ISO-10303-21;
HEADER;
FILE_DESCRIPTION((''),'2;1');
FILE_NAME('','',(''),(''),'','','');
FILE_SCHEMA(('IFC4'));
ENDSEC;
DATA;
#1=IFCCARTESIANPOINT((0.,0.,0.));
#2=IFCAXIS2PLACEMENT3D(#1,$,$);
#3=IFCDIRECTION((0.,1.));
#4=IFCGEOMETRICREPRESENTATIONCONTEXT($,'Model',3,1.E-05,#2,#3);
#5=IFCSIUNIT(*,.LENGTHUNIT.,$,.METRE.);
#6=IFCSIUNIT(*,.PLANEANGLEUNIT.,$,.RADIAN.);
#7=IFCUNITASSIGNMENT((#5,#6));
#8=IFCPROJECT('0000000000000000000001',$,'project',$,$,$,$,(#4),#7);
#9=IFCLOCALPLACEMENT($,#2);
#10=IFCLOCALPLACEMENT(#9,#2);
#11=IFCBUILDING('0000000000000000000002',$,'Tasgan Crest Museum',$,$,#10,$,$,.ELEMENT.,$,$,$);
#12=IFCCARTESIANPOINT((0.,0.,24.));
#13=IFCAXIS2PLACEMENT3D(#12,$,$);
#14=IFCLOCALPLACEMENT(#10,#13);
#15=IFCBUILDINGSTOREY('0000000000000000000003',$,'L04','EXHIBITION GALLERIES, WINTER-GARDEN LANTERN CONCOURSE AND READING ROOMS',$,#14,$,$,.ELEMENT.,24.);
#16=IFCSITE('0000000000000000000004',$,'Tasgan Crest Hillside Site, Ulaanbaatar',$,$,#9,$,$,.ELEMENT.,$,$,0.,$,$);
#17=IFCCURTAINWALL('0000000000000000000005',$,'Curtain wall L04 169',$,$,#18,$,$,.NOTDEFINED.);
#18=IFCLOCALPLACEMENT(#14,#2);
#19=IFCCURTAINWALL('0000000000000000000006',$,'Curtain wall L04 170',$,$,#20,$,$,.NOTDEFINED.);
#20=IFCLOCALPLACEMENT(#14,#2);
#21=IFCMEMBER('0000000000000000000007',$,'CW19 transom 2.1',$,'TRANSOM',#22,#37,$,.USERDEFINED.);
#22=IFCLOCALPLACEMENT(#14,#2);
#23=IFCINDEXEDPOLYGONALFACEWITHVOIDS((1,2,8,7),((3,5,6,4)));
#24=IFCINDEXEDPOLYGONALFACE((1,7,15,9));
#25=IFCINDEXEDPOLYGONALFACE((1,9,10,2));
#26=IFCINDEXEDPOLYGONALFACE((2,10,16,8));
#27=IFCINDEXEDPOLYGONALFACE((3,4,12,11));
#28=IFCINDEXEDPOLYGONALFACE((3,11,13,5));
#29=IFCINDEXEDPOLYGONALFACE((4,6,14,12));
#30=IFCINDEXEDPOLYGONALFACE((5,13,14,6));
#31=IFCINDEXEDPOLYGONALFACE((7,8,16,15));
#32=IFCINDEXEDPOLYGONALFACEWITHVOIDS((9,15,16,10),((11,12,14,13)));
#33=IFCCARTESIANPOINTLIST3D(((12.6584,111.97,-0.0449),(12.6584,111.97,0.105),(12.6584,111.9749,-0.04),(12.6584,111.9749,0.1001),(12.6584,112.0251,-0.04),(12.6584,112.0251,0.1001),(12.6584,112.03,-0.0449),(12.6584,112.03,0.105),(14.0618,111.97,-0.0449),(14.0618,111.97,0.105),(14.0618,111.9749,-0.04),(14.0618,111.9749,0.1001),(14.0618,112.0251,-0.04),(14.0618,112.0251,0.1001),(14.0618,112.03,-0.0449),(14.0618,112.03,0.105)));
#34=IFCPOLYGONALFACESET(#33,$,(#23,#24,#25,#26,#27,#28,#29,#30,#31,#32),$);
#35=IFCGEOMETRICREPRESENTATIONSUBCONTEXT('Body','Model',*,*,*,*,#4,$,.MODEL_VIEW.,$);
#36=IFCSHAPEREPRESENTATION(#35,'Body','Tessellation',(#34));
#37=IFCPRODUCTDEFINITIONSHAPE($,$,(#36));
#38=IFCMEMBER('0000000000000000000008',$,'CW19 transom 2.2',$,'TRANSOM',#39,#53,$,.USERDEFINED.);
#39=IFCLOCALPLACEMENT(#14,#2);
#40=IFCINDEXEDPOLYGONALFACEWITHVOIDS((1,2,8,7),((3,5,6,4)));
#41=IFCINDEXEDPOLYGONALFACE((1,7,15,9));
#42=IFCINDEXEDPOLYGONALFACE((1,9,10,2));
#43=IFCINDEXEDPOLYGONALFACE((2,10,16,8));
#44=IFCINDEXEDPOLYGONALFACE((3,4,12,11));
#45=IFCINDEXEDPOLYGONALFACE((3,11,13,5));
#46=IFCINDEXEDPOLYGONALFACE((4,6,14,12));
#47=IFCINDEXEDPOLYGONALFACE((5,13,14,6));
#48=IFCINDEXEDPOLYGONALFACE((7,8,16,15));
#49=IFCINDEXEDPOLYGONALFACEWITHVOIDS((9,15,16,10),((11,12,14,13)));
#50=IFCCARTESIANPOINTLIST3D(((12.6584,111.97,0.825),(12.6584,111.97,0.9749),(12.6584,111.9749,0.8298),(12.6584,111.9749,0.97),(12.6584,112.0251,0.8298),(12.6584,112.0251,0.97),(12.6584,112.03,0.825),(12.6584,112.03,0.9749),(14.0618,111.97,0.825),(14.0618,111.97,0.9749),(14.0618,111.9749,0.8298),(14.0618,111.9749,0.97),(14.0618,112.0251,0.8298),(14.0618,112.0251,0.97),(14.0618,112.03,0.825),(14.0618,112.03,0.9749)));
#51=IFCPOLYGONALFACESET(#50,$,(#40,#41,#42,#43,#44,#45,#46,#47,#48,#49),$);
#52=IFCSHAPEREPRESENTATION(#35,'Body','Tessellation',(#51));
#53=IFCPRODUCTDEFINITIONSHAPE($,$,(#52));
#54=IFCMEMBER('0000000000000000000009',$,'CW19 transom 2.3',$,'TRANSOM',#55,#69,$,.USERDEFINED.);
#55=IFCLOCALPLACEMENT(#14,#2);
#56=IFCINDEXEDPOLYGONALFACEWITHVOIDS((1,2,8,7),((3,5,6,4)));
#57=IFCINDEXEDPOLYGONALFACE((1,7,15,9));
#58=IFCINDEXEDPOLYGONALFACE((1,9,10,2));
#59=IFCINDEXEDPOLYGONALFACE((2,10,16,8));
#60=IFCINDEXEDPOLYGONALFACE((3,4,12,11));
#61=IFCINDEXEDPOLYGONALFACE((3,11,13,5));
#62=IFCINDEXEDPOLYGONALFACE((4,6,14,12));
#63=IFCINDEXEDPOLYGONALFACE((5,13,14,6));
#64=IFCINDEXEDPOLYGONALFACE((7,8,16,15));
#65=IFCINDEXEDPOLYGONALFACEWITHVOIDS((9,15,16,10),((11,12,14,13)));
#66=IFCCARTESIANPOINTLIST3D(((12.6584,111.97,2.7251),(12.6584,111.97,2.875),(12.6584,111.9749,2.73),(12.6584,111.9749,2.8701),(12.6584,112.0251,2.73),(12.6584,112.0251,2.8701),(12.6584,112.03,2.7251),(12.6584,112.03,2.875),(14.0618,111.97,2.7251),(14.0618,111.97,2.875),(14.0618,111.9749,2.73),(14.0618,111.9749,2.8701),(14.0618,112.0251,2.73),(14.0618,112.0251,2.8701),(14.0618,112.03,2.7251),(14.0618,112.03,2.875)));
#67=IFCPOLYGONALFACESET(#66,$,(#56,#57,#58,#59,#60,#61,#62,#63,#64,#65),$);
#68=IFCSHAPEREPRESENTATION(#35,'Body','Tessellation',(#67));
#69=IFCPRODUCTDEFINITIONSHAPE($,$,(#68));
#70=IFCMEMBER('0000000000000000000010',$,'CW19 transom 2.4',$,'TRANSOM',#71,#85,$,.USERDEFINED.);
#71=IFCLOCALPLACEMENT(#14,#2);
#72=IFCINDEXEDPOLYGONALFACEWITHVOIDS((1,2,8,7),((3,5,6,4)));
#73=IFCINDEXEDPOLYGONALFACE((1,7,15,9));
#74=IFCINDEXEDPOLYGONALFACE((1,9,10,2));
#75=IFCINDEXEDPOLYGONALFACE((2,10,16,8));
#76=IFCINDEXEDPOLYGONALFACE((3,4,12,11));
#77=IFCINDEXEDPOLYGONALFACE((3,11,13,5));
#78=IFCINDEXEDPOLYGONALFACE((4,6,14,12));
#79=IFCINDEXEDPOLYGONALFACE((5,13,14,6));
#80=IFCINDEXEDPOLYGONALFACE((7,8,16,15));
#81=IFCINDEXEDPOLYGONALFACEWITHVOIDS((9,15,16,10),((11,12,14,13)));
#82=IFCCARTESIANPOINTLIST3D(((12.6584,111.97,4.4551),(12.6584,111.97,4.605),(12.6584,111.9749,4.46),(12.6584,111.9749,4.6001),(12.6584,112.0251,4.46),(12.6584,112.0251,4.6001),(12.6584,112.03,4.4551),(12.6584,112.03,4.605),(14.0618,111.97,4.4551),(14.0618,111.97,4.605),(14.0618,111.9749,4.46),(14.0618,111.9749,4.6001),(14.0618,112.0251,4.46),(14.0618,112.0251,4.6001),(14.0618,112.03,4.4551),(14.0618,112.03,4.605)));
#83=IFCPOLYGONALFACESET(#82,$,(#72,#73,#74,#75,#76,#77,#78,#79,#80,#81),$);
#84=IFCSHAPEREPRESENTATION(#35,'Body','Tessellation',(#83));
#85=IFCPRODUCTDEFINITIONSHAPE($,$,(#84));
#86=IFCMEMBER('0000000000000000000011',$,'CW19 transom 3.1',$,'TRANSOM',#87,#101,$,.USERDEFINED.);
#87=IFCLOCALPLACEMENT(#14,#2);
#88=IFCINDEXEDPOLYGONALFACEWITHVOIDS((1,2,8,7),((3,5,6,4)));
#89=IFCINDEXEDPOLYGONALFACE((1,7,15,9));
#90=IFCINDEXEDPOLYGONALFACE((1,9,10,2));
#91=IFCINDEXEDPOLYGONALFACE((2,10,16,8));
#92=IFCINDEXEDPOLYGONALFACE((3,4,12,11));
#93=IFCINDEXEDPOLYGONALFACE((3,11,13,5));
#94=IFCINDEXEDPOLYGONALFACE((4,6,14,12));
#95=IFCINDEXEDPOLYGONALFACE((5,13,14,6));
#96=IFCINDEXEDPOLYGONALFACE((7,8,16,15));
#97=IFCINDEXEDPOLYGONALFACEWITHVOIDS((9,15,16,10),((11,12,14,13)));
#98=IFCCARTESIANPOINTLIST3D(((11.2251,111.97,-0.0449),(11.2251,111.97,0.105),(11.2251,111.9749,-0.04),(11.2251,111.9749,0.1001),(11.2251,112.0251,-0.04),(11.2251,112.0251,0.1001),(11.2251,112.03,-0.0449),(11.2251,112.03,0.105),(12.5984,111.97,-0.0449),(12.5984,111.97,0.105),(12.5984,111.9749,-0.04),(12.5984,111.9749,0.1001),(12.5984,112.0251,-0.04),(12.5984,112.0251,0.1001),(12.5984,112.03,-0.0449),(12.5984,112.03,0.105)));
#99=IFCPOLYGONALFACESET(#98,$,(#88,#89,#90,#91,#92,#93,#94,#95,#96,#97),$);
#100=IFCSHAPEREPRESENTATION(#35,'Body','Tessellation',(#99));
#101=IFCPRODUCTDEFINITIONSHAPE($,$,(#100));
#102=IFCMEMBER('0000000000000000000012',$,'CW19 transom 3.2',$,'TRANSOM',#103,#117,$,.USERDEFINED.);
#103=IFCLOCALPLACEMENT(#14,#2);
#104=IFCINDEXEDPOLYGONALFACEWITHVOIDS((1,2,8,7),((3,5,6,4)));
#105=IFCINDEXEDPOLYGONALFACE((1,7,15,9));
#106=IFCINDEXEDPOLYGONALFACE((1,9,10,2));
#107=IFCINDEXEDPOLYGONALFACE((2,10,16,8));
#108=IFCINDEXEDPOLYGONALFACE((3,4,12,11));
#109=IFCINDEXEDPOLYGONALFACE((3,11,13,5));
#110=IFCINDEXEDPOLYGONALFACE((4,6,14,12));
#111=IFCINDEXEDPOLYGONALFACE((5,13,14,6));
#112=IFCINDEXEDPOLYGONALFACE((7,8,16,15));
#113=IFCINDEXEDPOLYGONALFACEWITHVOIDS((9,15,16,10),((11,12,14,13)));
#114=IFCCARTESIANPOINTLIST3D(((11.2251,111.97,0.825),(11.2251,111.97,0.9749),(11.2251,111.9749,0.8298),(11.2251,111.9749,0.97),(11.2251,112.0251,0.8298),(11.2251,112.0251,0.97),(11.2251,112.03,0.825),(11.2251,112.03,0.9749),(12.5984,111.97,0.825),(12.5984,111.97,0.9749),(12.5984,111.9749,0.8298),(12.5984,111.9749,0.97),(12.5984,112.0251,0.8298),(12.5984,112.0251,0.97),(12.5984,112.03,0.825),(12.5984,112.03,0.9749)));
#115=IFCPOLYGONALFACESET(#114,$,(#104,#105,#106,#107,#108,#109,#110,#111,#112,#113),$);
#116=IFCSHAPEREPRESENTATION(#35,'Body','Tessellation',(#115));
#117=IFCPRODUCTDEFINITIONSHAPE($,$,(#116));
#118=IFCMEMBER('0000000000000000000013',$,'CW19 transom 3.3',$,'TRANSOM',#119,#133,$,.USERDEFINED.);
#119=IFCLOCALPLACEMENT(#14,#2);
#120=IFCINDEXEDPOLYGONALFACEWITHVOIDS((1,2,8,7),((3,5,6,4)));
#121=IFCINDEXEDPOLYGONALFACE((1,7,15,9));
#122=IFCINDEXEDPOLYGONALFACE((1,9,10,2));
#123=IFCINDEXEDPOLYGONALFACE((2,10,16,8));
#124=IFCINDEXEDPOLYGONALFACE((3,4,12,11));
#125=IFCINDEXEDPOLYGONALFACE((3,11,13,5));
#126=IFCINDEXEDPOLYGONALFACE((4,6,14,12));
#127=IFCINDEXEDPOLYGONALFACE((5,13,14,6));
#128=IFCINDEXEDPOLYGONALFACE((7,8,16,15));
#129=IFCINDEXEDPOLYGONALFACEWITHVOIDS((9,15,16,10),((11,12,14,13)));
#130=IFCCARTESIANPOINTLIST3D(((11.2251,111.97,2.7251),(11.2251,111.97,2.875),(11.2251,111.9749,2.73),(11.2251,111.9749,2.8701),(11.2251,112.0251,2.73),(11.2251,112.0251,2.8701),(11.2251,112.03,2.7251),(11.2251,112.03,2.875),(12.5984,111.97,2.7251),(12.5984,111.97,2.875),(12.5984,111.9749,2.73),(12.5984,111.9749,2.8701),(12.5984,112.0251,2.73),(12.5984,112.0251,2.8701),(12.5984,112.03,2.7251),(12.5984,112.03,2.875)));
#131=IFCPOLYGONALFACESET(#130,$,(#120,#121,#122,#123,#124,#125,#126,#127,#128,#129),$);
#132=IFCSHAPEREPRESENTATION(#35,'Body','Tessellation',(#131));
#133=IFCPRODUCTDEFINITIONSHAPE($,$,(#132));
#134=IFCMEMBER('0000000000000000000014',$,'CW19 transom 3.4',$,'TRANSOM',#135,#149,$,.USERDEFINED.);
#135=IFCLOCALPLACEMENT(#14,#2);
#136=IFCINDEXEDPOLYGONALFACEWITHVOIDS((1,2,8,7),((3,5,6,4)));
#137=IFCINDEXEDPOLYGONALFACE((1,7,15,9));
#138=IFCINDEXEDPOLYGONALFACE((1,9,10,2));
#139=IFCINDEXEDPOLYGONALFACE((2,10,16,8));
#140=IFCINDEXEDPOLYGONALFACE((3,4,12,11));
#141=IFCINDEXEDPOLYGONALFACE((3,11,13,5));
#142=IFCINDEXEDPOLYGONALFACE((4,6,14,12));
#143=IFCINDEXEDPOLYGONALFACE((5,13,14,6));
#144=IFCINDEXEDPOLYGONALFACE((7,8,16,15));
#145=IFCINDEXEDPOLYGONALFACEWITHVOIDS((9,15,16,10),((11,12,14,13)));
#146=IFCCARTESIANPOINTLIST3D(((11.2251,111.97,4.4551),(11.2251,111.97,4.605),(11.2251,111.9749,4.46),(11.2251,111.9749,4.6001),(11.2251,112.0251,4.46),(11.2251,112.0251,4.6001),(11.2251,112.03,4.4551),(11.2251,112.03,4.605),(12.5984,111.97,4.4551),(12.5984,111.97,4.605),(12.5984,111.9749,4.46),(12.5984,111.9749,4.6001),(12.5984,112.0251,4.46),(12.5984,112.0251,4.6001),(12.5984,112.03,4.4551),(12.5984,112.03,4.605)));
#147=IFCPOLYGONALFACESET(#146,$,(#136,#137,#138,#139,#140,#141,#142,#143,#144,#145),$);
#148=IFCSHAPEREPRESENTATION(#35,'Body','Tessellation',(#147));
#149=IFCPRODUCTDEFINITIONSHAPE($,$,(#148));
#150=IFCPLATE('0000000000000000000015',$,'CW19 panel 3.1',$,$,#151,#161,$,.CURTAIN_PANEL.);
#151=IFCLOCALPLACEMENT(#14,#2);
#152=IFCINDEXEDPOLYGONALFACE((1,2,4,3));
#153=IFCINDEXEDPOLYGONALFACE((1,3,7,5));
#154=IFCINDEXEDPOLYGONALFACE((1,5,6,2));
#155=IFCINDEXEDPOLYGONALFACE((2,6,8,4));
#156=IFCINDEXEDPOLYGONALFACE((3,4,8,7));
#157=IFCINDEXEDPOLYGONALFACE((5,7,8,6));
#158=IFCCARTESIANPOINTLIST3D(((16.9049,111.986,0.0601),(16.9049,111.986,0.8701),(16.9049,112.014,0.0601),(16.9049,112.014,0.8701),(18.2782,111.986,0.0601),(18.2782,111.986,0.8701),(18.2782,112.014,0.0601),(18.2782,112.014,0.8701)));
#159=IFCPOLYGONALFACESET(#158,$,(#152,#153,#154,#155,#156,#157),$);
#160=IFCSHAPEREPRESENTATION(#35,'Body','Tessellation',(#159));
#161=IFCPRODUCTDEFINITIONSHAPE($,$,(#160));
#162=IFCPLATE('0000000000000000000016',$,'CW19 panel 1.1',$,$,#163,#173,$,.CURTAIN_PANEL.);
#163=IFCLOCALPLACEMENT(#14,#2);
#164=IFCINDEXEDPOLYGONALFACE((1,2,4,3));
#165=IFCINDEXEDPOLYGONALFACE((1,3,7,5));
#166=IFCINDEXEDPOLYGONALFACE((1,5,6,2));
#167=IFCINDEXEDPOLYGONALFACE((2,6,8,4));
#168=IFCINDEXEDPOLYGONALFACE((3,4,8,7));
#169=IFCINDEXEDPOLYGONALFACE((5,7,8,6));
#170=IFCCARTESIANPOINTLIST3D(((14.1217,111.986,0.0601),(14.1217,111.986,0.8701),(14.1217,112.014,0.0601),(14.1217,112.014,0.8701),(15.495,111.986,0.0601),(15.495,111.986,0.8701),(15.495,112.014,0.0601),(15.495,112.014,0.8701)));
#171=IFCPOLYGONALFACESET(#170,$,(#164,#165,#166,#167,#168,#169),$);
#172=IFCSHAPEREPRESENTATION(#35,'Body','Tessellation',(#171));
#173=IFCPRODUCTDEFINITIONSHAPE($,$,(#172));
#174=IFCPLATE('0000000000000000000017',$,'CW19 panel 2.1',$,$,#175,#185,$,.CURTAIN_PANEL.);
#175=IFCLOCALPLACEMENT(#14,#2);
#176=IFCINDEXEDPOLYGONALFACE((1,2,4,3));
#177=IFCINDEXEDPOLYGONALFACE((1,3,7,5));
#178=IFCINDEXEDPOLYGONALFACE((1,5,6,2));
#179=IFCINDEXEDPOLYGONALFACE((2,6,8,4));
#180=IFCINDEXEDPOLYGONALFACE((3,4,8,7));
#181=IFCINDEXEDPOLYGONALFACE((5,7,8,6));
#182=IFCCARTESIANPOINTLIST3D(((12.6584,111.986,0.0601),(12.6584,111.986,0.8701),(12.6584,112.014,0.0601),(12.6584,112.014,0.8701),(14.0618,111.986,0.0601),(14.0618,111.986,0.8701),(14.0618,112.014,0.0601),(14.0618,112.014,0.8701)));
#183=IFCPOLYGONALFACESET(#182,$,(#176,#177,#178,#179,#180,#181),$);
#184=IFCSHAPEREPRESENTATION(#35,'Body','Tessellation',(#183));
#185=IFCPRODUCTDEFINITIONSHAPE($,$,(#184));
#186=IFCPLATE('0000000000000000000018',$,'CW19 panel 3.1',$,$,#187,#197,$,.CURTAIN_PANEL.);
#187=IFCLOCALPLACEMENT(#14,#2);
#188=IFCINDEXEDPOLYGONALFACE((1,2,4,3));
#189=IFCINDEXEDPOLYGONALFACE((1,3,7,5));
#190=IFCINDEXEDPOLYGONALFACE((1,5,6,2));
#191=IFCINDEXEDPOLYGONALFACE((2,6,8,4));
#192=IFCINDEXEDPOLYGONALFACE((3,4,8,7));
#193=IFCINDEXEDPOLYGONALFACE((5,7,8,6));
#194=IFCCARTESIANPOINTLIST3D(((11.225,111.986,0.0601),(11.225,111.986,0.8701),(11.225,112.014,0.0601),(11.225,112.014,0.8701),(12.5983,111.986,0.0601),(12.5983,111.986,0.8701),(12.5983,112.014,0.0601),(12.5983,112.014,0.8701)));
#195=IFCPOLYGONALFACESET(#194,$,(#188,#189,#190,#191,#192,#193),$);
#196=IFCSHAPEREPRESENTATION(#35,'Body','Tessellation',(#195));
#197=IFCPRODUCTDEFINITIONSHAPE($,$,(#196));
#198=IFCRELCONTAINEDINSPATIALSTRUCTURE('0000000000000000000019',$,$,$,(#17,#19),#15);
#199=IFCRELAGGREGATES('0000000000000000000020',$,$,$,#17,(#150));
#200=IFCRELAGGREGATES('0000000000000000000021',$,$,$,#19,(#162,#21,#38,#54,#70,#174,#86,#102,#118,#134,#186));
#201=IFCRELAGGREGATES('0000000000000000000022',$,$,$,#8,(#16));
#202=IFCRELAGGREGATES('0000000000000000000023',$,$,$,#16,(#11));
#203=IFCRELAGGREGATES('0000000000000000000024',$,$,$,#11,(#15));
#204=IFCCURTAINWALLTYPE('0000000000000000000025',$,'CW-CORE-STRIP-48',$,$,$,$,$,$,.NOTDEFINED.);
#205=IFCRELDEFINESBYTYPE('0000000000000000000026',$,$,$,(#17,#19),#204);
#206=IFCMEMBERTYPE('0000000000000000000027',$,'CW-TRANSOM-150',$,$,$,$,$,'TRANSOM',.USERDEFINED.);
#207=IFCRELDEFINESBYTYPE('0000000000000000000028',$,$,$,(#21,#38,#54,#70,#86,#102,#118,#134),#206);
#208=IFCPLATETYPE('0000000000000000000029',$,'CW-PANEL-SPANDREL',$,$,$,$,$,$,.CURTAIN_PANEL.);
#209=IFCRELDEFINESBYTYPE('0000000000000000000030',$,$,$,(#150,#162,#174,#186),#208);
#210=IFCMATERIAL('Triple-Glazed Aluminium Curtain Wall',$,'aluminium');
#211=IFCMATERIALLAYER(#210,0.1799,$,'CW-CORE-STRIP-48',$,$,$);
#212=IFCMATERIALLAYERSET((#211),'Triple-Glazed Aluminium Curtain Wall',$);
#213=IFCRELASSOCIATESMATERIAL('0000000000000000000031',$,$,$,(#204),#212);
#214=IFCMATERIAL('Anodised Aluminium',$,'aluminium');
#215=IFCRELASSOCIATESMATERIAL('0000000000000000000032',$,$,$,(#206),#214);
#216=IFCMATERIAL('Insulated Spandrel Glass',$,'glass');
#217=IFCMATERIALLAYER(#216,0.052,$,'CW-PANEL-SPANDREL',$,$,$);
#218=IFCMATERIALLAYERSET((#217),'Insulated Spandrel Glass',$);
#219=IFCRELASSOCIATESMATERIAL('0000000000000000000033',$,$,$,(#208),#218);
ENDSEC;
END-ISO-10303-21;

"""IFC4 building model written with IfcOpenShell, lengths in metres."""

from ifc_helpers import new_model, si_unit, direction, frame, origin, origin_2d, place, context, subcontext, project, spatial, rectangle, hollow_rectangle, extrude, material, layer, layer_set, material_profile, profile_set, type_object, element, aggregate, save


model = new_model("IFC4")

# Units and contexts
model_context = context("Model", 3, precision=1e-05, world=origin(), true_north=direction((0.0, 1.0)))
body_context = subcontext(model_context, "Body", "Model", "MODEL_VIEW")
ifc_project = project(units=[si_unit("LENGTHUNIT", "METRE"), si_unit("PLANEANGLEUNIT", "RADIAN")], contexts=[model_context])

# Site, building, storey
site_placement = place(None, origin())
site = spatial("IfcSite", under=ifc_project, at=site_placement, Name="Tasgan Crest Hillside Site, Ulaanbaatar", CompositionType="ELEMENT", RefElevation=0.0)
building_placement = place(site_placement, origin())
building = spatial("IfcBuilding", under=site, at=building_placement, Name="Tasgan Crest Museum", CompositionType="ELEMENT")
storey_placement = place(building_placement, frame((0.0, 0.0, 24.0)))
storey = spatial("IfcBuildingStorey", under=building, at=storey_placement, Name="L04", Description="EXHIBITION GALLERIES, WINTER-GARDEN LANTERN CONCOURSE AND READING ROOMS", CompositionType="ELEMENT", Elevation=24.0)

# Curtain wall
ifc_material_1 = material(Name="Triple-Glazed Aluminium Curtain Wall", Category="aluminium")
ifc_layer_1 = layer(ifc_material_1, 0.1799, Name="CW-CORE-STRIP-48")
ifc_layer_set_1 = layer_set([ifc_layer_1], Name="Triple-Glazed Aluminium Curtain Wall")
curtain_wall_type = type_object("IfcCurtainWallType", Name="CW-CORE-STRIP-48", PredefinedType="NOTDEFINED", material=ifc_layer_set_1)
curtain_wall_1_placement = place(storey_placement, origin())
curtain_wall_1 = element("IfcCurtainWall", 1, at=curtain_wall_1_placement, inside=storey, type_object=curtain_wall_type, Name="Curtain wall L04 169", PredefinedType="NOTDEFINED")

# Curtain wall, members
curtain_wall_2_placement = place(storey_placement, origin())
curtain_wall_2 = element("IfcCurtainWall", 2, at=curtain_wall_2_placement, inside=storey, type_object=curtain_wall_type, Name="Curtain wall L04 170", PredefinedType="NOTDEFINED")
ifc_material_2 = material(Name="Anodised Aluminium", Category="aluminium")
ifc_material_profile_1 = material_profile(ifc_material_2, hollow_rectangle(XDim=0.0601, YDim=0.1499, WallThickness=0.0049, at=origin_2d()), Name="ALU TRANSOM 150x60x5")
ifc_profile_set_1 = profile_set([ifc_material_profile_1], Name="Anodised Aluminium")
member_type_1 = type_object("IfcMemberType", Name="CW-TRANSOM-150", ElementType="TRANSOM", PredefinedType="USERDEFINED", material=ifc_profile_set_1)
member_1_placement = place(storey_placement, frame((14.0618, 112.0, 0.03), z_axis=(-1.0, 0.0, 0.0), x_axis=(0.0, -1.0, 0.0)))
member_1 = element("IfcMember", 3, at=member_1_placement, type_object=member_type_1, Name="CW19 transom 2.1", ObjectType="TRANSOM", PredefinedType="USERDEFINED", context=body_context, shape_type="SweptSolid", body=[
    extrude(hollow_rectangle(XDim=0.0601, YDim=0.1499, WallThickness=0.0049, at=origin_2d()), origin(), (0.0, 0.0, 1.0), 1.4033),
])
member_2_placement = place(storey_placement, frame((14.0618, 112.0, 0.8999), z_axis=(-1.0, 0.0, 0.0), x_axis=(0.0, -1.0, 0.0)))
member_2 = element("IfcMember", 4, at=member_2_placement, type_object=member_type_1, Name="CW19 transom 2.2", ObjectType="TRANSOM", PredefinedType="USERDEFINED", context=body_context, shape_type="SweptSolid", body=[
    extrude(hollow_rectangle(XDim=0.0601, YDim=0.1499, WallThickness=0.0049, at=origin_2d()), origin(), (0.0, 0.0, 1.0), 1.4033),
])
member_3_placement = place(storey_placement, frame((14.0618, 112.0, 2.8), z_axis=(-1.0, 0.0, 0.0), x_axis=(0.0, -1.0, 0.0)))
member_3 = element("IfcMember", 5, at=member_3_placement, type_object=member_type_1, Name="CW19 transom 2.3", ObjectType="TRANSOM", PredefinedType="USERDEFINED", context=body_context, shape_type="SweptSolid", body=[
    extrude(hollow_rectangle(XDim=0.0601, YDim=0.1499, WallThickness=0.0049, at=origin_2d()), origin(), (0.0, 0.0, 1.0), 1.4033),
])
member_4_placement = place(storey_placement, frame((14.0618, 112.0, 4.53), z_axis=(-1.0, 0.0, 0.0), x_axis=(0.0, -1.0, 0.0)))
member_4 = element("IfcMember", 6, at=member_4_placement, type_object=member_type_1, Name="CW19 transom 2.4", ObjectType="TRANSOM", PredefinedType="USERDEFINED", context=body_context, shape_type="SweptSolid", body=[
    extrude(hollow_rectangle(XDim=0.0601, YDim=0.1499, WallThickness=0.0049, at=origin_2d()), origin(), (0.0, 0.0, 1.0), 1.4033),
])
member_5_placement = place(storey_placement, frame((12.5984, 112.0, 0.03), z_axis=(-1.0, 0.0, 0.0), x_axis=(0.0, -1.0, 0.0)))
member_5 = element("IfcMember", 7, at=member_5_placement, type_object=member_type_1, Name="CW19 transom 3.1", ObjectType="TRANSOM", PredefinedType="USERDEFINED", context=body_context, shape_type="SweptSolid", body=[
    extrude(hollow_rectangle(XDim=0.0601, YDim=0.1499, WallThickness=0.0049, at=origin_2d()), origin(), (0.0, 0.0, 1.0), 1.3733),
])
member_6_placement = place(storey_placement, frame((12.5984, 112.0, 0.8999), z_axis=(-1.0, 0.0, 0.0), x_axis=(0.0, -1.0, 0.0)))
member_6 = element("IfcMember", 8, at=member_6_placement, type_object=member_type_1, Name="CW19 transom 3.2", ObjectType="TRANSOM", PredefinedType="USERDEFINED", context=body_context, shape_type="SweptSolid", body=[
    extrude(hollow_rectangle(XDim=0.0601, YDim=0.1499, WallThickness=0.0049, at=origin_2d()), origin(), (0.0, 0.0, 1.0), 1.3733),
])
member_7_placement = place(storey_placement, frame((12.5984, 112.0, 2.8), z_axis=(-1.0, 0.0, 0.0), x_axis=(0.0, -1.0, 0.0)))
member_7 = element("IfcMember", 9, at=member_7_placement, type_object=member_type_1, Name="CW19 transom 3.3", ObjectType="TRANSOM", PredefinedType="USERDEFINED", context=body_context, shape_type="SweptSolid", body=[
    extrude(hollow_rectangle(XDim=0.0601, YDim=0.1499, WallThickness=0.0049, at=origin_2d()), origin(), (0.0, 0.0, 1.0), 1.3733),
])
member_8_placement = place(storey_placement, frame((12.5984, 112.0, 4.53), z_axis=(-1.0, 0.0, 0.0), x_axis=(0.0, -1.0, 0.0)))
member_8 = element("IfcMember", 10, at=member_8_placement, type_object=member_type_1, Name="CW19 transom 3.4", ObjectType="TRANSOM", PredefinedType="USERDEFINED", context=body_context, shape_type="SweptSolid", body=[
    extrude(hollow_rectangle(XDim=0.0601, YDim=0.1499, WallThickness=0.0049, at=origin_2d()), origin(), (0.0, 0.0, 1.0), 1.3733),
])

# Plates
ifc_material_3 = material(Name="Insulated Spandrel Glass", Category="glass")
ifc_layer_2 = layer(ifc_material_3, 0.052, Name="CW-PANEL-SPANDREL")
ifc_layer_set_2 = layer_set([ifc_layer_2], Name="Insulated Spandrel Glass")
plate_type_1 = type_object("IfcPlateType", Name="CW-PANEL-SPANDREL", PredefinedType="CURTAIN_PANEL", material=ifc_layer_set_2)
plate_1_placement = place(storey_placement, frame((17.5916, 112.0, 0.0601), z_axis=(0.0, 0.0, 1.0), x_axis=(-1.0, 0.0, 0.0)))
plate_1 = element("IfcPlate", 11, at=plate_1_placement, type_object=plate_type_1, Name="CW19 panel 3.1", PredefinedType="CURTAIN_PANEL", context=body_context, shape_type="SweptSolid", body=[
    extrude(rectangle(XDim=1.3733, YDim=0.0281, at=origin_2d()), origin(), (0.0, 0.0, 1.0), 0.8101),
])
plate_2_placement = place(storey_placement, frame((14.8083, 112.0, 0.0601), z_axis=(0.0, 0.0, 1.0), x_axis=(-1.0, 0.0, 0.0)))
plate_2 = element("IfcPlate", 12, at=plate_2_placement, type_object=plate_type_1, Name="CW19 panel 1.1", PredefinedType="CURTAIN_PANEL", context=body_context, shape_type="SweptSolid", body=[
    extrude(rectangle(XDim=1.3733, YDim=0.0281, at=origin_2d()), origin(), (0.0, 0.0, 1.0), 0.8101),
])
plate_3_placement = place(storey_placement, frame((13.3601, 112.0, 0.0601), z_axis=(0.0, 0.0, 1.0), x_axis=(-1.0, 0.0, 0.0)))
plate_3 = element("IfcPlate", 13, at=plate_3_placement, type_object=plate_type_1, Name="CW19 panel 2.1", PredefinedType="CURTAIN_PANEL", context=body_context, shape_type="SweptSolid", body=[
    extrude(rectangle(XDim=1.4033, YDim=0.0281, at=origin_2d()), origin(), (0.0, 0.0, 1.0), 0.8101),
])
plate_4_placement = place(storey_placement, frame((11.9116, 112.0, 0.0601), z_axis=(0.0, 0.0, 1.0), x_axis=(-1.0, 0.0, 0.0)))
plate_4 = element("IfcPlate", 14, at=plate_4_placement, type_object=plate_type_1, Name="CW19 panel 3.1", PredefinedType="CURTAIN_PANEL", context=body_context, shape_type="SweptSolid", body=[
    extrude(rectangle(XDim=1.3733, YDim=0.0281, at=origin_2d()), origin(), (0.0, 0.0, 1.0), 0.8101),
])
aggregate(curtain_wall_1, [plate_1])
aggregate(curtain_wall_2, [plate_2, member_1, member_2, member_3, member_4, plate_3, member_5, member_6, member_7, member_8, plate_4])

save(model, "model.ifc")
